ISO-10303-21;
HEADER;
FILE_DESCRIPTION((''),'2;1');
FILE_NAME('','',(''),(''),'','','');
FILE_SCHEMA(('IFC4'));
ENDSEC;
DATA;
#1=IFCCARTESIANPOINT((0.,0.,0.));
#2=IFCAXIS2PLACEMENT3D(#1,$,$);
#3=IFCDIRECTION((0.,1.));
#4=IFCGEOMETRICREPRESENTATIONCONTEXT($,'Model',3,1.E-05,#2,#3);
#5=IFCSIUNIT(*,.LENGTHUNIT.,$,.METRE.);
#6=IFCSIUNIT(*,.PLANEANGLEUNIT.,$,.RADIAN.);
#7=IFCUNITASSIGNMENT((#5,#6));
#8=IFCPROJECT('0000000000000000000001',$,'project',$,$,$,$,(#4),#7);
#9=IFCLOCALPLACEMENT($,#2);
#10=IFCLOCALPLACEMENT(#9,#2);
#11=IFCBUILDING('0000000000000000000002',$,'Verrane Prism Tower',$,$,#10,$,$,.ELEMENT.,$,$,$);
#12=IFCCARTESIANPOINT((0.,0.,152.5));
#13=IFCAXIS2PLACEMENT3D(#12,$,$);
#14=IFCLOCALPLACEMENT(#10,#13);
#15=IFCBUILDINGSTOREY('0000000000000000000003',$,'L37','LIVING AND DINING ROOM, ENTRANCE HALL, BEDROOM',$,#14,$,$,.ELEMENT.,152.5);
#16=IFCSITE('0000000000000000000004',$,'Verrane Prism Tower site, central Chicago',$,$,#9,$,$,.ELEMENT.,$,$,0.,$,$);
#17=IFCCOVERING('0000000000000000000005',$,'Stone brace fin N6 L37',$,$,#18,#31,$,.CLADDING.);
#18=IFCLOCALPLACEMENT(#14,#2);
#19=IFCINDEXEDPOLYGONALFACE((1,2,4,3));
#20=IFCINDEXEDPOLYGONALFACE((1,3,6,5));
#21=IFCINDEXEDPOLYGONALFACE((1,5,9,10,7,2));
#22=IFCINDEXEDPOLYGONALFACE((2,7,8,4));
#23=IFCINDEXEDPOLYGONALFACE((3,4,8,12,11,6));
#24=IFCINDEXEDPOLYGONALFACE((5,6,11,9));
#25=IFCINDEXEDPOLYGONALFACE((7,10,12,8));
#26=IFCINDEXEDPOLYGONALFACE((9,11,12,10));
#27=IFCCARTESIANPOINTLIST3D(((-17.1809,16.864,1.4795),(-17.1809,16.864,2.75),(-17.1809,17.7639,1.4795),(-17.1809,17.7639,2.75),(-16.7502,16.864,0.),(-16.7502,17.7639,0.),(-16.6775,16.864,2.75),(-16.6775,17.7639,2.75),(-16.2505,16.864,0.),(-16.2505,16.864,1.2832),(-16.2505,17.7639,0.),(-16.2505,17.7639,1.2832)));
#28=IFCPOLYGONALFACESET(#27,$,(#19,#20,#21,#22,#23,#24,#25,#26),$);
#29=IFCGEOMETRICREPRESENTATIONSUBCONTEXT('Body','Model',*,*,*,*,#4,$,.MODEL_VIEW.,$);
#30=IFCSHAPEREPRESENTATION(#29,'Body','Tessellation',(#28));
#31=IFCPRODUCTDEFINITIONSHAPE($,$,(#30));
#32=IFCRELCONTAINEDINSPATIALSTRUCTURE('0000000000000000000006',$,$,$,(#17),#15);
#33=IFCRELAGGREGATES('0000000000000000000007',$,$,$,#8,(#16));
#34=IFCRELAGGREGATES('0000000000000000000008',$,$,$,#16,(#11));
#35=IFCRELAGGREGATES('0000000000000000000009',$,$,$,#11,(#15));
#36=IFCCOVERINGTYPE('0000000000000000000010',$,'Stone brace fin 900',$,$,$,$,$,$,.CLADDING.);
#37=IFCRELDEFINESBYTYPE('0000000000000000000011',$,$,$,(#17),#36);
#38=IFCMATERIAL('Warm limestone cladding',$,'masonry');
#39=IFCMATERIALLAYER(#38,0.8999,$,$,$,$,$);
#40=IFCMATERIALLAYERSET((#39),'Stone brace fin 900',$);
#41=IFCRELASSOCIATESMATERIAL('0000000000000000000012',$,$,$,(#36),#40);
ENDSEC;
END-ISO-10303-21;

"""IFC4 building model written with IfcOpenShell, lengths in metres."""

from ifc_helpers import new_model, si_unit, direction, frame, origin, place, context, subcontext, project, spatial, polyline, outline, extrude, material, layer, layer_set, type_object, element, save


model = new_model("IFC4")

# Units and contexts
model_context = context("Model", 3, precision=1e-05, world=origin(), true_north=direction((0.0, 1.0)))
body_context = subcontext(model_context, "Body", "Model", "MODEL_VIEW")
ifc_project = project(units=[si_unit("LENGTHUNIT", "METRE"), si_unit("PLANEANGLEUNIT", "RADIAN")], contexts=[model_context])

# Site, building, storey
site_placement = place(None, origin())
site = spatial("IfcSite", under=ifc_project, at=site_placement, Name="Verrane Prism Tower site, central Chicago", CompositionType="ELEMENT", RefElevation=0.0)
building_placement = place(site_placement, origin())
building = spatial("IfcBuilding", under=site, at=building_placement, Name="Verrane Prism Tower", CompositionType="ELEMENT")
storey_placement = place(building_placement, frame((0.0, 0.0, 152.5)))
storey = spatial("IfcBuildingStorey", under=building, at=storey_placement, Name="L37", Description="LIVING AND DINING ROOM, ENTRANCE HALL, BEDROOM", CompositionType="ELEMENT", Elevation=152.5)

# Covering
ifc_material_1 = material(Name="Warm limestone cladding", Category="masonry")
ifc_layer_1 = layer(ifc_material_1, 0.8999)
ifc_layer_set_1 = layer_set([ifc_layer_1], Name="Stone brace fin 900")
covering_type = type_object("IfcCoveringType", Name="Stone brace fin 900", PredefinedType="CLADDING", material=ifc_layer_set_1)
covering_placement = place(storey_placement, frame((-16.2505, 17.314, 0.0), z_axis=(0.0, 0.0, 1.0), x_axis=(-1.0, 0.0, 0.0)))
element("IfcCovering", 1, at=covering_placement, inside=storey, type_object=covering_type, Name="Stone brace fin N6 L37", PredefinedType="CLADDING", context=body_context, shape_type="SweptSolid", body=[
    extrude(outline(polyline([(0.9304, 2.75), (0.427, 2.75), (0.0, 1.2832), (0.0, 0.0), (0.4998, 0.0), (0.9304, 1.4795), (0.9304, 2.75)])), frame((0.0, 0.45, 0.0), z_axis=(0.0, -1.0, 0.0), x_axis=(1.0, 0.0, 0.0)), (0.0, 0.0, 1.0), 0.8999),
])

save(model, "model.ifc")
